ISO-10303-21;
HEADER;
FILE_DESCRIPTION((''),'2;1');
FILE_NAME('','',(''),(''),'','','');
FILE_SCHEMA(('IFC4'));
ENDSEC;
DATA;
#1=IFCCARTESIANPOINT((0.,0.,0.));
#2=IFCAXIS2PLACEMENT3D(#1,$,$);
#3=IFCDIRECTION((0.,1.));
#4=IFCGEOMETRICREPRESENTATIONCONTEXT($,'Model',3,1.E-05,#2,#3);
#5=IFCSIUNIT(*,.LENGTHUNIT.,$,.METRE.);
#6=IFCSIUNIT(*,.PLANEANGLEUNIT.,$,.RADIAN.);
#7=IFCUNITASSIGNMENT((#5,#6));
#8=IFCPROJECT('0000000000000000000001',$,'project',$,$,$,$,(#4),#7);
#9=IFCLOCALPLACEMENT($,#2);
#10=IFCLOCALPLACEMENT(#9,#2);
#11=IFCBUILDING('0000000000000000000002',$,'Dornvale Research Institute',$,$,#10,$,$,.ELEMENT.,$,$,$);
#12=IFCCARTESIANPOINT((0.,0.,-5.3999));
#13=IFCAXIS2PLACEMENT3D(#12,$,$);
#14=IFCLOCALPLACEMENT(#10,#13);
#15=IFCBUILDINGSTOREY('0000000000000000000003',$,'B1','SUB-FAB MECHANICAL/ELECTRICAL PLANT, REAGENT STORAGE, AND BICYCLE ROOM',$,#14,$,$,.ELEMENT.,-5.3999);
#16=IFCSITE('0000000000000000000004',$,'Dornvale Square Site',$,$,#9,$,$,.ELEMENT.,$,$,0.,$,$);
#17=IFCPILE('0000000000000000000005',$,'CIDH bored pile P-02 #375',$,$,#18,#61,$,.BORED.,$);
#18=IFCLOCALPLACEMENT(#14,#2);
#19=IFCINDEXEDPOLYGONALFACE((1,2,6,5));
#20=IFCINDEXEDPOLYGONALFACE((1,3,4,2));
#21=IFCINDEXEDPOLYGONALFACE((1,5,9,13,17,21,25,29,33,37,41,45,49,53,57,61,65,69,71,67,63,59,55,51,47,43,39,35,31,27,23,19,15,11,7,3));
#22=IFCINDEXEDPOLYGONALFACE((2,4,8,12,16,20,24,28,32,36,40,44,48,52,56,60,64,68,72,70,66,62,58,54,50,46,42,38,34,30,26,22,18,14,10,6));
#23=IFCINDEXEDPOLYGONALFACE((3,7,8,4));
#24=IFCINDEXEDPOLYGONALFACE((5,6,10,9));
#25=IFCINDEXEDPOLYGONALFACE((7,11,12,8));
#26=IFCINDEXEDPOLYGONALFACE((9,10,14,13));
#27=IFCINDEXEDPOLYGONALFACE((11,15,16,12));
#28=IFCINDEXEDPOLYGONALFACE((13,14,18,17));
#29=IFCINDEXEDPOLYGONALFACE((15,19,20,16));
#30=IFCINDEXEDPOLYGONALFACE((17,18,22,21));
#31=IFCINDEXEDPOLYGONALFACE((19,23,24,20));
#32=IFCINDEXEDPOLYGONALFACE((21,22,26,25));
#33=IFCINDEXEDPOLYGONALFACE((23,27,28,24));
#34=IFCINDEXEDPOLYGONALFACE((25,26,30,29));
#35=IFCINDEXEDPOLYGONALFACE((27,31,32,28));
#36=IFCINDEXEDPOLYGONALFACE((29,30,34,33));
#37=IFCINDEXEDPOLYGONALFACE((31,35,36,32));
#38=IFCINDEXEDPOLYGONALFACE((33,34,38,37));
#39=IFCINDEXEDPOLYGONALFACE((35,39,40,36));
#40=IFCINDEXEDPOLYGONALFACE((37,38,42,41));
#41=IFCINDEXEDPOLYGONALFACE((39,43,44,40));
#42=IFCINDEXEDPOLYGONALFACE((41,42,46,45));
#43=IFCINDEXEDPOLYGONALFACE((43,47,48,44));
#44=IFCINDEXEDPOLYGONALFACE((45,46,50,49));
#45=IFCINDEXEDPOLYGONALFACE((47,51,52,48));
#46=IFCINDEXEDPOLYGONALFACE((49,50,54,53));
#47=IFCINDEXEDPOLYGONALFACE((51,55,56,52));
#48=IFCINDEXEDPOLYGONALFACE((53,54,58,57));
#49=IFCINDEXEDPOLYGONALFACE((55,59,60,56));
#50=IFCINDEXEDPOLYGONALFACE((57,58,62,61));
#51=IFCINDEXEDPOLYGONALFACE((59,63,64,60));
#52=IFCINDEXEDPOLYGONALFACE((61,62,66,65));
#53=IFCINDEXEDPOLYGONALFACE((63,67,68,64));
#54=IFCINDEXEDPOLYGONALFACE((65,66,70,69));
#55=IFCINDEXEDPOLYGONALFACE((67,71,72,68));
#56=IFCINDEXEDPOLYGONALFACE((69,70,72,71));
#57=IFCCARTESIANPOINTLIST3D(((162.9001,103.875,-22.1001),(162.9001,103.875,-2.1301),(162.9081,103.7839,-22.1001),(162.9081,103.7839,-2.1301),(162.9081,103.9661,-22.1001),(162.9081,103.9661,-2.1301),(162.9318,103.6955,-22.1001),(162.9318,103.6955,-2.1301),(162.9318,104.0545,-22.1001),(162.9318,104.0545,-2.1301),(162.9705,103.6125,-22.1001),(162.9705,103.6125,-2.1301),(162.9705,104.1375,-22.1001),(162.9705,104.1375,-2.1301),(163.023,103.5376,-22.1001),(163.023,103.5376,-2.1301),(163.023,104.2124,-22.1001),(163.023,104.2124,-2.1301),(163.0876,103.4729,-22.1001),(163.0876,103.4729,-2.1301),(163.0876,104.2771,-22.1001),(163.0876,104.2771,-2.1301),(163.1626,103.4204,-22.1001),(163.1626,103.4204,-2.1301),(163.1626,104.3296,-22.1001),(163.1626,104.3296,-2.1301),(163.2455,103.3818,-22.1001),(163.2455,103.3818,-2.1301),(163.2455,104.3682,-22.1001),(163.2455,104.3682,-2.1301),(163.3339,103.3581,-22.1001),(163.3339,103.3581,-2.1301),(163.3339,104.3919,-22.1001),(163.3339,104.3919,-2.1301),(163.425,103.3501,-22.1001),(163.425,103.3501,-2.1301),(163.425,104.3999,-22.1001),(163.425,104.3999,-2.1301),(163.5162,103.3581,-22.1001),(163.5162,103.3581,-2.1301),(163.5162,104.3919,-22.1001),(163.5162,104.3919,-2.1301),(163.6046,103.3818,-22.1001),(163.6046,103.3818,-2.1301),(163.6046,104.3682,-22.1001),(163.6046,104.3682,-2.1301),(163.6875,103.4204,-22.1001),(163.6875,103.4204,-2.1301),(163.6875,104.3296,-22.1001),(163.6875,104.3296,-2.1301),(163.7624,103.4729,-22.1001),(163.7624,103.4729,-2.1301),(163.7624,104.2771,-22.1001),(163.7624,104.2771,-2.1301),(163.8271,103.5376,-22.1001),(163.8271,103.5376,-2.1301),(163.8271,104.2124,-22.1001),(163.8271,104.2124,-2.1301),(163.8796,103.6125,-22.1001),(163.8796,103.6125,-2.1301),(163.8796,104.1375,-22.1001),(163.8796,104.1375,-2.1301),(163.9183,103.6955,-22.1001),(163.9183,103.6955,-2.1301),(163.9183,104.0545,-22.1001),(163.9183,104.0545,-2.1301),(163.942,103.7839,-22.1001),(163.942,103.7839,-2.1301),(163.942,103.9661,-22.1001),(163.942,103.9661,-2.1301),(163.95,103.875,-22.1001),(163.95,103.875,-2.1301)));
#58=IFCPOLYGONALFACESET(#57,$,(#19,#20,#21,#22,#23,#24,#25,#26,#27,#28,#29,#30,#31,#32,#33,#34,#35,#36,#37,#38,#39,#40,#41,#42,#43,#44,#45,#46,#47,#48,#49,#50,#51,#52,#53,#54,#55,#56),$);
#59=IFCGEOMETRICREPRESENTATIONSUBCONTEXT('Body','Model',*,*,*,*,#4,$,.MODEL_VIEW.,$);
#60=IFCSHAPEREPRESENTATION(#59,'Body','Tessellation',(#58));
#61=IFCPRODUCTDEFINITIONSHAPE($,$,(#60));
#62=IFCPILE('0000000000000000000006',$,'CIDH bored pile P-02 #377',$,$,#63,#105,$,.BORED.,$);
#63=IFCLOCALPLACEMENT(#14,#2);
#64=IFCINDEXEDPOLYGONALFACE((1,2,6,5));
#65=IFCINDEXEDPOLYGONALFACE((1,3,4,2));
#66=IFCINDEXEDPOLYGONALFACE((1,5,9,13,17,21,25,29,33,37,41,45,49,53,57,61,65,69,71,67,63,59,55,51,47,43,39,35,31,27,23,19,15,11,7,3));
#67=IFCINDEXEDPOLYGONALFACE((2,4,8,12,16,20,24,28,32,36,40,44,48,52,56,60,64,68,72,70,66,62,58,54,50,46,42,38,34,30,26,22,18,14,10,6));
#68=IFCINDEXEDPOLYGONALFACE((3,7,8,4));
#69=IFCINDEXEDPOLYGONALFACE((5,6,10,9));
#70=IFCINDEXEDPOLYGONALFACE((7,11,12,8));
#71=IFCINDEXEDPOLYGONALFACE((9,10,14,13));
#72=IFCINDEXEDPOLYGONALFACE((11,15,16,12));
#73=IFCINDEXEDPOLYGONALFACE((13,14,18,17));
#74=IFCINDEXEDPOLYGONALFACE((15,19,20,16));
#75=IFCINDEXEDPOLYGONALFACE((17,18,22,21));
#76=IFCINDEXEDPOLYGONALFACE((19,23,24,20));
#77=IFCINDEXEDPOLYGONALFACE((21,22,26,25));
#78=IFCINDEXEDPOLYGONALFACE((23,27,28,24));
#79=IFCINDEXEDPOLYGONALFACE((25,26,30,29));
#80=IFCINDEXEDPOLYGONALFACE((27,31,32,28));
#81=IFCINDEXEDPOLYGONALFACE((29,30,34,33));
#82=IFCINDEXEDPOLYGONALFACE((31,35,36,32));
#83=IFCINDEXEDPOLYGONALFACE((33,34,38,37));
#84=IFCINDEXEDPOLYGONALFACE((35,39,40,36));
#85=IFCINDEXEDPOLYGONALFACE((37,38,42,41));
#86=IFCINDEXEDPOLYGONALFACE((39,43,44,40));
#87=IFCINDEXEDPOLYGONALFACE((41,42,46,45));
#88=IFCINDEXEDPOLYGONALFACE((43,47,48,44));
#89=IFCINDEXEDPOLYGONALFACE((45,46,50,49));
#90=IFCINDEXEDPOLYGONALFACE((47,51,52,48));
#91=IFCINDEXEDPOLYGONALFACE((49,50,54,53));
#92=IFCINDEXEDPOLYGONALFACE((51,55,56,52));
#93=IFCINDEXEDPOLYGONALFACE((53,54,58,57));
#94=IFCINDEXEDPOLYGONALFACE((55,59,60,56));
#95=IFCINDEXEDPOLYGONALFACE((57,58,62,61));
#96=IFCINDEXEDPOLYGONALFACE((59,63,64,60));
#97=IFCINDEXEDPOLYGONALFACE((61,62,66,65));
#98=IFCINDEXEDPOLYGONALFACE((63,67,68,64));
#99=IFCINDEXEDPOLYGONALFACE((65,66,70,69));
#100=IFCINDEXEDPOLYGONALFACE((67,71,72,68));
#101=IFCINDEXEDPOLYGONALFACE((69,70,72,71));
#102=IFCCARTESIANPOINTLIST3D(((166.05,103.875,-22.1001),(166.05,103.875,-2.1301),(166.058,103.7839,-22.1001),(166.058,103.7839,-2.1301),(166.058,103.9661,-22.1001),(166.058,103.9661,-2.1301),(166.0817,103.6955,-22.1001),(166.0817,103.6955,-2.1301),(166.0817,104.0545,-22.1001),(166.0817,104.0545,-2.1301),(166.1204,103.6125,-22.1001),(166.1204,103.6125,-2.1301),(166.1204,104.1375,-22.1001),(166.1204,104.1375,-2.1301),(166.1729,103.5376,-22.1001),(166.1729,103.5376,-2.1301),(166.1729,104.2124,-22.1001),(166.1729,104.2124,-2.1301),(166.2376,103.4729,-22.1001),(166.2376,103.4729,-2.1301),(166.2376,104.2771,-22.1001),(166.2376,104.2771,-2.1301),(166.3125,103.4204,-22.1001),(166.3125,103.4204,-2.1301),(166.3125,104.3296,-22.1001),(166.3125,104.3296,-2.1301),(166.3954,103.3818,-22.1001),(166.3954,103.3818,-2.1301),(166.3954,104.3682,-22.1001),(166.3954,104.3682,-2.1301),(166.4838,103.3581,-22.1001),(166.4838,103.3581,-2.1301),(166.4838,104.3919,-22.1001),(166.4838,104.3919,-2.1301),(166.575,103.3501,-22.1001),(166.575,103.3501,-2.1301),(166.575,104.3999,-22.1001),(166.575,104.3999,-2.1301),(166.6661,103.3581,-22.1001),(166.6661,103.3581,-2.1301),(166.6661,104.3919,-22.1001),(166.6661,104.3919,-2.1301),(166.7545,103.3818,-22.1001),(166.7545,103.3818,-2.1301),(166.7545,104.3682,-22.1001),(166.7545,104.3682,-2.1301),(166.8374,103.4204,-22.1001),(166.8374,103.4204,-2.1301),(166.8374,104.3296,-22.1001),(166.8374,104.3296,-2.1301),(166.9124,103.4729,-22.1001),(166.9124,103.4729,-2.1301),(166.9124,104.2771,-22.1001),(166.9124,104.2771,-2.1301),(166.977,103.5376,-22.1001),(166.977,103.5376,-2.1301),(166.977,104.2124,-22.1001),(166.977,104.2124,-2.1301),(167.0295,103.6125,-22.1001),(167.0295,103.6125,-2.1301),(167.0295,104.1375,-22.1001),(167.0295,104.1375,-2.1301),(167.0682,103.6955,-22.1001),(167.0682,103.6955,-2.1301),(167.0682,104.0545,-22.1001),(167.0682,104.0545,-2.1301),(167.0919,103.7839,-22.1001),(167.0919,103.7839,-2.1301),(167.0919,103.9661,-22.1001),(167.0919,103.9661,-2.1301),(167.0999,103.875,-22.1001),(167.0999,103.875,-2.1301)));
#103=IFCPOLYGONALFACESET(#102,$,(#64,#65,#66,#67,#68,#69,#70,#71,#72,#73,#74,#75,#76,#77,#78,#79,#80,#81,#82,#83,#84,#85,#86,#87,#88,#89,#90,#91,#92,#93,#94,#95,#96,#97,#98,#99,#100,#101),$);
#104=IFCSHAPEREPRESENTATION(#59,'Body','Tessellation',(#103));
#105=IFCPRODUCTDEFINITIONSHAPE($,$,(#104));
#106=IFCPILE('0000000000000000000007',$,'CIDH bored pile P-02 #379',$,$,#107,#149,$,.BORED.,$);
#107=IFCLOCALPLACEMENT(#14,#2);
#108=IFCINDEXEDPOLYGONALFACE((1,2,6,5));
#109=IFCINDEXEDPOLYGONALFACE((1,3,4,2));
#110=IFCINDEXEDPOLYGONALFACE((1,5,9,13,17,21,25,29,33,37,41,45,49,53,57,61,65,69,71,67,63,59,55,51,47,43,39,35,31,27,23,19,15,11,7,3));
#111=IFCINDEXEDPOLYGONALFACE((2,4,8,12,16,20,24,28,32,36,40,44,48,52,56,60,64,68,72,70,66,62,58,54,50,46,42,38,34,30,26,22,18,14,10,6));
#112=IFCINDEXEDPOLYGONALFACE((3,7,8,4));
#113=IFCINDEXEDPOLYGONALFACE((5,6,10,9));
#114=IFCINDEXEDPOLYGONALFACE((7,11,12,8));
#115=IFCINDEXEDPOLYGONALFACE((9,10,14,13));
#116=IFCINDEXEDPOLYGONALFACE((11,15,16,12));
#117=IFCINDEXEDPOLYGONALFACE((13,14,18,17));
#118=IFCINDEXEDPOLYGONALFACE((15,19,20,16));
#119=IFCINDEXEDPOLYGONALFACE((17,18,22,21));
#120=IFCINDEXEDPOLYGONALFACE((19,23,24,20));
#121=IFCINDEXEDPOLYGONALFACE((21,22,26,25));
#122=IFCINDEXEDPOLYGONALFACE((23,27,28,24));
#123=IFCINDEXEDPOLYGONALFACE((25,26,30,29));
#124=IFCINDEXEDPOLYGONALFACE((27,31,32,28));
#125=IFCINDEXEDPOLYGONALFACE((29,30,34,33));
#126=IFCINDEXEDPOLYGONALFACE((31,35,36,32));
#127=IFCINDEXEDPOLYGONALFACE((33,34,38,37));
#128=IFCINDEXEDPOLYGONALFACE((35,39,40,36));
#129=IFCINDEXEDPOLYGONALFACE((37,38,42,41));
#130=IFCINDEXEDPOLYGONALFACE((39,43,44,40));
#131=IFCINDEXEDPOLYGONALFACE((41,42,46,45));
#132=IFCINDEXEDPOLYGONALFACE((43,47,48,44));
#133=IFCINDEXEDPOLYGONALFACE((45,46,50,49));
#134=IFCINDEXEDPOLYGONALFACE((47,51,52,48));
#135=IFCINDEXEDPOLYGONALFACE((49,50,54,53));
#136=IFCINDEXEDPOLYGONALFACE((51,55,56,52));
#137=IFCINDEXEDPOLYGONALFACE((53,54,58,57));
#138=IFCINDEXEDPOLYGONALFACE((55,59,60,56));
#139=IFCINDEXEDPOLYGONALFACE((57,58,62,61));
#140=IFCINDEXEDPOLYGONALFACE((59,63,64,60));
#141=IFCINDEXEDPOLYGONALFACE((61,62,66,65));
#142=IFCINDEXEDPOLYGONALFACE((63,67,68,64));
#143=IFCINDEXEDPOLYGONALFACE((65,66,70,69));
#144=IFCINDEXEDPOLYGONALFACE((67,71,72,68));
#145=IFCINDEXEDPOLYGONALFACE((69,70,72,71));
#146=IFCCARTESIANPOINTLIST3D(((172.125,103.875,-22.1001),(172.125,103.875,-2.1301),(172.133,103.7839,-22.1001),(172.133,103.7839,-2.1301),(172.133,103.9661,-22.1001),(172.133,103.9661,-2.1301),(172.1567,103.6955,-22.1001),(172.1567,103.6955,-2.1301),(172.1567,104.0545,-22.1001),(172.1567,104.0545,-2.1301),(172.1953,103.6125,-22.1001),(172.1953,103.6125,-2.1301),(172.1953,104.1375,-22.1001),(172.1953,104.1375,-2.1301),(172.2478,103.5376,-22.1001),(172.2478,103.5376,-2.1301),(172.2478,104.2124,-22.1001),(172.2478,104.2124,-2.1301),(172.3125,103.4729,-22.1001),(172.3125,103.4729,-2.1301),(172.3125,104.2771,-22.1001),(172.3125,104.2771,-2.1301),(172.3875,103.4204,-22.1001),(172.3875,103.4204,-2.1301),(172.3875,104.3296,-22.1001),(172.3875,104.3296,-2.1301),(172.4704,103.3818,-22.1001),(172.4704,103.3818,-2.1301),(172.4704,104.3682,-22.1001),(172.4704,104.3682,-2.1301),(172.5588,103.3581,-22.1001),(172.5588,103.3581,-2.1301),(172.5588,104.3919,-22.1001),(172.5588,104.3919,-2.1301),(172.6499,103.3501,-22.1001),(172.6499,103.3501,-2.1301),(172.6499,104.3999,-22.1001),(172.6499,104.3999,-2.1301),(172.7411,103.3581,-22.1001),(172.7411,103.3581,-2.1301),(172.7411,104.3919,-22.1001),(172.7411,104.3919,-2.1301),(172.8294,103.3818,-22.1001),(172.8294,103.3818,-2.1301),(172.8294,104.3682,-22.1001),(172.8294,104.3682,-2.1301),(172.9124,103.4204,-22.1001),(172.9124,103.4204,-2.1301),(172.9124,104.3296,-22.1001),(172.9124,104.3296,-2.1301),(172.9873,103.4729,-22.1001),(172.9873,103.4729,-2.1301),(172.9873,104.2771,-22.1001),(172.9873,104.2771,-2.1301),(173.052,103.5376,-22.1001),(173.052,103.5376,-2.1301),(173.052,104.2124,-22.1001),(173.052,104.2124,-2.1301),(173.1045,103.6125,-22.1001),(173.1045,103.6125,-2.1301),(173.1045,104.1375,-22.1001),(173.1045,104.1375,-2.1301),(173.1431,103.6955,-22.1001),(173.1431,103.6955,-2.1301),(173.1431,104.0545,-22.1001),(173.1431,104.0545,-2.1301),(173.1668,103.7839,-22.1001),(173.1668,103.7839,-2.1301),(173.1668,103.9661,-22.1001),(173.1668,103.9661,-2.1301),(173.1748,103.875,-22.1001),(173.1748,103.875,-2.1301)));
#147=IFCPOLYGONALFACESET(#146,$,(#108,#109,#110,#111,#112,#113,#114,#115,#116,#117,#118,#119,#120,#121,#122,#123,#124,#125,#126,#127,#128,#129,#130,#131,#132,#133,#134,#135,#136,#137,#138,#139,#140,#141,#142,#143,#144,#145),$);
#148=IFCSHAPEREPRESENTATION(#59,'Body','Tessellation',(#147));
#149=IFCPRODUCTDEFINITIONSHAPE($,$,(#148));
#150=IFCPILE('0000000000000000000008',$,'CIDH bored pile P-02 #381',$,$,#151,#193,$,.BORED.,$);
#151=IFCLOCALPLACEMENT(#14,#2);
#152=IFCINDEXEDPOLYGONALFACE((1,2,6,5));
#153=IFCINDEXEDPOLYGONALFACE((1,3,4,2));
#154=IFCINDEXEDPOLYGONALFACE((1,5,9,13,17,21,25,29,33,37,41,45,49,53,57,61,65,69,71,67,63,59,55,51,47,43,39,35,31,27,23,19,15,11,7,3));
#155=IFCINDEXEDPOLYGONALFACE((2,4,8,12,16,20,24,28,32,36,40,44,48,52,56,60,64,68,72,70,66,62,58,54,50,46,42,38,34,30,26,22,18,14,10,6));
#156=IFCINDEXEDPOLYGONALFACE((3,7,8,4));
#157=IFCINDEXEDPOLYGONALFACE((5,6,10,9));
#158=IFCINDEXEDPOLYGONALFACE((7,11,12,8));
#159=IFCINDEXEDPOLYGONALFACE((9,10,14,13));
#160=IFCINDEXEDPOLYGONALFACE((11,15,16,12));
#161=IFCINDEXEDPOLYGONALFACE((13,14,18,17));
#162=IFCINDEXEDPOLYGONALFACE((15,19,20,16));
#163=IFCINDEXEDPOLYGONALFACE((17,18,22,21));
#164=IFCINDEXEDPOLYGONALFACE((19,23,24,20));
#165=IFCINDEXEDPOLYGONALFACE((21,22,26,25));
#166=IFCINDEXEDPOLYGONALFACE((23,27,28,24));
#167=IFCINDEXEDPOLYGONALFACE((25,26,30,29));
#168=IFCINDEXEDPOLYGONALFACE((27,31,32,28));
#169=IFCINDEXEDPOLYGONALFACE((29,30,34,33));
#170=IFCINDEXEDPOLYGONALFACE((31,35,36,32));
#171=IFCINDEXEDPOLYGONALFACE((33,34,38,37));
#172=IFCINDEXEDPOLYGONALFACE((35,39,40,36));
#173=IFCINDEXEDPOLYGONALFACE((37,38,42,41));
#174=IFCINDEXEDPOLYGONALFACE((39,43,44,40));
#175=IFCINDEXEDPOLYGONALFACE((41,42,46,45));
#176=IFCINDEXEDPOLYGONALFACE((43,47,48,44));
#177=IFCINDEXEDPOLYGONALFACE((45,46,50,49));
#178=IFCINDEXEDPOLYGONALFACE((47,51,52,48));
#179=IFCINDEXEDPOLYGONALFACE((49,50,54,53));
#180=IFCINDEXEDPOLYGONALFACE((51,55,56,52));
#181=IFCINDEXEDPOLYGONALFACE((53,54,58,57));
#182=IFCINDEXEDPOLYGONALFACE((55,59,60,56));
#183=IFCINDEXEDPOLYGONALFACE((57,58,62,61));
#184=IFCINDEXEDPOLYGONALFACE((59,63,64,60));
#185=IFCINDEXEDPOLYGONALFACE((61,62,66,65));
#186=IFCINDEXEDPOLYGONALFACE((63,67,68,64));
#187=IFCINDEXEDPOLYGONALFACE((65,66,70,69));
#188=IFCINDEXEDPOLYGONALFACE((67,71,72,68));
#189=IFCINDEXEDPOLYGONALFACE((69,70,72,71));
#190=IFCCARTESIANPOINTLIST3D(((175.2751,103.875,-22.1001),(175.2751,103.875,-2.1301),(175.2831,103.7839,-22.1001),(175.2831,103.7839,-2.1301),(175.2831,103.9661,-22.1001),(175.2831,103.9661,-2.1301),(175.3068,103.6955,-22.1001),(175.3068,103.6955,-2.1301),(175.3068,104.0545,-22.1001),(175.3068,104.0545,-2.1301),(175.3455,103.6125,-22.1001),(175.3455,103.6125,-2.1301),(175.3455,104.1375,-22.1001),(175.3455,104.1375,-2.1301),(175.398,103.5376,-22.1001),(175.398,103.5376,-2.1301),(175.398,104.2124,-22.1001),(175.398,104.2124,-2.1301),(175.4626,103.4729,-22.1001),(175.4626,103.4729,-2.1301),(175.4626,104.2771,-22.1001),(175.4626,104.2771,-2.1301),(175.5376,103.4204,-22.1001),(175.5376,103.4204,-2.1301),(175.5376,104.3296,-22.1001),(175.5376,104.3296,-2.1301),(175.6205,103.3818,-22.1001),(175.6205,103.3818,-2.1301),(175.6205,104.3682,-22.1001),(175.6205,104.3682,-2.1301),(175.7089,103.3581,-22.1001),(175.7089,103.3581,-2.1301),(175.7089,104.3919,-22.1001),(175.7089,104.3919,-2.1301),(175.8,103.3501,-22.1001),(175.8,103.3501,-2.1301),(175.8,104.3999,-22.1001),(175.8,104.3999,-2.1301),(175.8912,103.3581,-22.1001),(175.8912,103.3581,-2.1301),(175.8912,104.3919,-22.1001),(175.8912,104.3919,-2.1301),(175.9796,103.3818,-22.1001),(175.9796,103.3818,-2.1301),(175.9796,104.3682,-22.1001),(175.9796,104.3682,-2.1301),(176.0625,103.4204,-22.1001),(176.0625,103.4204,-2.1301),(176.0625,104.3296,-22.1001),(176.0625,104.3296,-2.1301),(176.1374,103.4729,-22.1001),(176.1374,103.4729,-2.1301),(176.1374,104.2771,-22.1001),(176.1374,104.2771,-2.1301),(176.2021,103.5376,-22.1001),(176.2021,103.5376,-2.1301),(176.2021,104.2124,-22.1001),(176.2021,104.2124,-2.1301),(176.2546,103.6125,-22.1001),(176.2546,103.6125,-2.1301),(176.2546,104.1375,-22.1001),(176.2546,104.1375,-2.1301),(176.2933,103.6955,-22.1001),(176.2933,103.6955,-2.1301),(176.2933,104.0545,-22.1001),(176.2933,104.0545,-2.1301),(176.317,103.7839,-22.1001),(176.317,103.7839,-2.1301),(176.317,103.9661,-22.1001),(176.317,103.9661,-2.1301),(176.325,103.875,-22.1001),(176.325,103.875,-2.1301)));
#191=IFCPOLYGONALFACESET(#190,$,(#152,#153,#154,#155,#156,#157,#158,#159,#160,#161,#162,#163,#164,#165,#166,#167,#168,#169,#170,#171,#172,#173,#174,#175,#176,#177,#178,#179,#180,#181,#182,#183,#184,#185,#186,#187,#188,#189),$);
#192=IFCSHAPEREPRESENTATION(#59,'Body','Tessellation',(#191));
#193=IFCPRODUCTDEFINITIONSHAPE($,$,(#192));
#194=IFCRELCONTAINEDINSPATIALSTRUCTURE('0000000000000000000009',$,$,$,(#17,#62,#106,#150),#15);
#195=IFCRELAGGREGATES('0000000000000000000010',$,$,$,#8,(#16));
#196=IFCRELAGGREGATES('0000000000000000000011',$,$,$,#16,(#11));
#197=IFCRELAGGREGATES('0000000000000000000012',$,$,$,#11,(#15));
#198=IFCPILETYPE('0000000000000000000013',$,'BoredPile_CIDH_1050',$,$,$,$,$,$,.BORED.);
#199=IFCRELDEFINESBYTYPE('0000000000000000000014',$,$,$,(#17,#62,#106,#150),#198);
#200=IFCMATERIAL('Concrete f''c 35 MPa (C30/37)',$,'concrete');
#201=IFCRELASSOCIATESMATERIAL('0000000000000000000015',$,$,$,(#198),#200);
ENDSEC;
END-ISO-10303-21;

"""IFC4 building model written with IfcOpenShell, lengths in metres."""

from ifc_helpers import new_model, si_unit, direction, frame, origin, origin_2d, place, context, subcontext, project, spatial, circle, extrude, material, material_profile, profile_set, type_object, element, save


model = new_model("IFC4")

# Units and contexts
model_context = context("Model", 3, precision=1e-05, world=origin(), true_north=direction((0.0, 1.0)))
body_context = subcontext(model_context, "Body", "Model", "MODEL_VIEW")
ifc_project = project(units=[si_unit("LENGTHUNIT", "METRE"), si_unit("PLANEANGLEUNIT", "RADIAN")], contexts=[model_context])

# Site, building, storey
site_placement = place(None, origin())
site = spatial("IfcSite", under=ifc_project, at=site_placement, Name="Dornvale Square Site", CompositionType="ELEMENT", RefElevation=0.0)
building_placement = place(site_placement, origin())
building = spatial("IfcBuilding", under=site, at=building_placement, Name="Dornvale Research Institute", CompositionType="ELEMENT")
storey_placement = place(building_placement, frame((0.0, 0.0, -5.3999)))
storey = spatial("IfcBuildingStorey", under=building, at=storey_placement, Name="B1", Description="SUB-FAB MECHANICAL/ELECTRICAL PLANT, REAGENT STORAGE, AND BICYCLE ROOM", CompositionType="ELEMENT", Elevation=-5.3999)

# Piles
ifc_material_1 = material(Name="Concrete f'c 35 MPa (C30/37)", Category="concrete")
ifc_material_profile_1 = material_profile(ifc_material_1, circle(Radius=0.5249, at=origin_2d()), Name="CIDH PILE D1050")
ifc_profile_set_1 = profile_set([ifc_material_profile_1], Name="Concrete f'c 35 MPa (C30/37)")
pile_type = type_object("IfcPileType", Name="BoredPile_CIDH_1050", PredefinedType="BORED", material=ifc_profile_set_1)
for number, where, z_axis, x_axis, name in (
    (1, (163.425, 103.875, -2.1301), (0.0, 0.0, -1.0), (1.0, 0.0, 0.0), "CIDH bored pile P-02 #375"),
    (2, (166.575, 103.875, -2.1301), (0.0, 0.0, -1.0), (1.0, 0.0, 0.0), "CIDH bored pile P-02 #377"),
    (3, (172.6499, 103.875, -2.1301), (0.0, 0.0, -1.0), (1.0, 0.0, 0.0), "CIDH bored pile P-02 #379"),
    (4, (175.8, 103.875, -2.1301), (0.0, 0.0, -1.0), (1.0, 0.0, 0.0), "CIDH bored pile P-02 #381"),
):
    element("IfcPile", number, at=place(storey_placement, frame(where, z_axis=z_axis, x_axis=x_axis)), inside=storey, type_object=pile_type, Name=name, PredefinedType="BORED", context=body_context, shape_type="SweptSolid", body=[
        extrude(circle(Radius=0.5249, at=origin_2d()), origin(), (0.0, 0.0, 1.0), 19.97),
    ])

save(model, "model.ifc")
